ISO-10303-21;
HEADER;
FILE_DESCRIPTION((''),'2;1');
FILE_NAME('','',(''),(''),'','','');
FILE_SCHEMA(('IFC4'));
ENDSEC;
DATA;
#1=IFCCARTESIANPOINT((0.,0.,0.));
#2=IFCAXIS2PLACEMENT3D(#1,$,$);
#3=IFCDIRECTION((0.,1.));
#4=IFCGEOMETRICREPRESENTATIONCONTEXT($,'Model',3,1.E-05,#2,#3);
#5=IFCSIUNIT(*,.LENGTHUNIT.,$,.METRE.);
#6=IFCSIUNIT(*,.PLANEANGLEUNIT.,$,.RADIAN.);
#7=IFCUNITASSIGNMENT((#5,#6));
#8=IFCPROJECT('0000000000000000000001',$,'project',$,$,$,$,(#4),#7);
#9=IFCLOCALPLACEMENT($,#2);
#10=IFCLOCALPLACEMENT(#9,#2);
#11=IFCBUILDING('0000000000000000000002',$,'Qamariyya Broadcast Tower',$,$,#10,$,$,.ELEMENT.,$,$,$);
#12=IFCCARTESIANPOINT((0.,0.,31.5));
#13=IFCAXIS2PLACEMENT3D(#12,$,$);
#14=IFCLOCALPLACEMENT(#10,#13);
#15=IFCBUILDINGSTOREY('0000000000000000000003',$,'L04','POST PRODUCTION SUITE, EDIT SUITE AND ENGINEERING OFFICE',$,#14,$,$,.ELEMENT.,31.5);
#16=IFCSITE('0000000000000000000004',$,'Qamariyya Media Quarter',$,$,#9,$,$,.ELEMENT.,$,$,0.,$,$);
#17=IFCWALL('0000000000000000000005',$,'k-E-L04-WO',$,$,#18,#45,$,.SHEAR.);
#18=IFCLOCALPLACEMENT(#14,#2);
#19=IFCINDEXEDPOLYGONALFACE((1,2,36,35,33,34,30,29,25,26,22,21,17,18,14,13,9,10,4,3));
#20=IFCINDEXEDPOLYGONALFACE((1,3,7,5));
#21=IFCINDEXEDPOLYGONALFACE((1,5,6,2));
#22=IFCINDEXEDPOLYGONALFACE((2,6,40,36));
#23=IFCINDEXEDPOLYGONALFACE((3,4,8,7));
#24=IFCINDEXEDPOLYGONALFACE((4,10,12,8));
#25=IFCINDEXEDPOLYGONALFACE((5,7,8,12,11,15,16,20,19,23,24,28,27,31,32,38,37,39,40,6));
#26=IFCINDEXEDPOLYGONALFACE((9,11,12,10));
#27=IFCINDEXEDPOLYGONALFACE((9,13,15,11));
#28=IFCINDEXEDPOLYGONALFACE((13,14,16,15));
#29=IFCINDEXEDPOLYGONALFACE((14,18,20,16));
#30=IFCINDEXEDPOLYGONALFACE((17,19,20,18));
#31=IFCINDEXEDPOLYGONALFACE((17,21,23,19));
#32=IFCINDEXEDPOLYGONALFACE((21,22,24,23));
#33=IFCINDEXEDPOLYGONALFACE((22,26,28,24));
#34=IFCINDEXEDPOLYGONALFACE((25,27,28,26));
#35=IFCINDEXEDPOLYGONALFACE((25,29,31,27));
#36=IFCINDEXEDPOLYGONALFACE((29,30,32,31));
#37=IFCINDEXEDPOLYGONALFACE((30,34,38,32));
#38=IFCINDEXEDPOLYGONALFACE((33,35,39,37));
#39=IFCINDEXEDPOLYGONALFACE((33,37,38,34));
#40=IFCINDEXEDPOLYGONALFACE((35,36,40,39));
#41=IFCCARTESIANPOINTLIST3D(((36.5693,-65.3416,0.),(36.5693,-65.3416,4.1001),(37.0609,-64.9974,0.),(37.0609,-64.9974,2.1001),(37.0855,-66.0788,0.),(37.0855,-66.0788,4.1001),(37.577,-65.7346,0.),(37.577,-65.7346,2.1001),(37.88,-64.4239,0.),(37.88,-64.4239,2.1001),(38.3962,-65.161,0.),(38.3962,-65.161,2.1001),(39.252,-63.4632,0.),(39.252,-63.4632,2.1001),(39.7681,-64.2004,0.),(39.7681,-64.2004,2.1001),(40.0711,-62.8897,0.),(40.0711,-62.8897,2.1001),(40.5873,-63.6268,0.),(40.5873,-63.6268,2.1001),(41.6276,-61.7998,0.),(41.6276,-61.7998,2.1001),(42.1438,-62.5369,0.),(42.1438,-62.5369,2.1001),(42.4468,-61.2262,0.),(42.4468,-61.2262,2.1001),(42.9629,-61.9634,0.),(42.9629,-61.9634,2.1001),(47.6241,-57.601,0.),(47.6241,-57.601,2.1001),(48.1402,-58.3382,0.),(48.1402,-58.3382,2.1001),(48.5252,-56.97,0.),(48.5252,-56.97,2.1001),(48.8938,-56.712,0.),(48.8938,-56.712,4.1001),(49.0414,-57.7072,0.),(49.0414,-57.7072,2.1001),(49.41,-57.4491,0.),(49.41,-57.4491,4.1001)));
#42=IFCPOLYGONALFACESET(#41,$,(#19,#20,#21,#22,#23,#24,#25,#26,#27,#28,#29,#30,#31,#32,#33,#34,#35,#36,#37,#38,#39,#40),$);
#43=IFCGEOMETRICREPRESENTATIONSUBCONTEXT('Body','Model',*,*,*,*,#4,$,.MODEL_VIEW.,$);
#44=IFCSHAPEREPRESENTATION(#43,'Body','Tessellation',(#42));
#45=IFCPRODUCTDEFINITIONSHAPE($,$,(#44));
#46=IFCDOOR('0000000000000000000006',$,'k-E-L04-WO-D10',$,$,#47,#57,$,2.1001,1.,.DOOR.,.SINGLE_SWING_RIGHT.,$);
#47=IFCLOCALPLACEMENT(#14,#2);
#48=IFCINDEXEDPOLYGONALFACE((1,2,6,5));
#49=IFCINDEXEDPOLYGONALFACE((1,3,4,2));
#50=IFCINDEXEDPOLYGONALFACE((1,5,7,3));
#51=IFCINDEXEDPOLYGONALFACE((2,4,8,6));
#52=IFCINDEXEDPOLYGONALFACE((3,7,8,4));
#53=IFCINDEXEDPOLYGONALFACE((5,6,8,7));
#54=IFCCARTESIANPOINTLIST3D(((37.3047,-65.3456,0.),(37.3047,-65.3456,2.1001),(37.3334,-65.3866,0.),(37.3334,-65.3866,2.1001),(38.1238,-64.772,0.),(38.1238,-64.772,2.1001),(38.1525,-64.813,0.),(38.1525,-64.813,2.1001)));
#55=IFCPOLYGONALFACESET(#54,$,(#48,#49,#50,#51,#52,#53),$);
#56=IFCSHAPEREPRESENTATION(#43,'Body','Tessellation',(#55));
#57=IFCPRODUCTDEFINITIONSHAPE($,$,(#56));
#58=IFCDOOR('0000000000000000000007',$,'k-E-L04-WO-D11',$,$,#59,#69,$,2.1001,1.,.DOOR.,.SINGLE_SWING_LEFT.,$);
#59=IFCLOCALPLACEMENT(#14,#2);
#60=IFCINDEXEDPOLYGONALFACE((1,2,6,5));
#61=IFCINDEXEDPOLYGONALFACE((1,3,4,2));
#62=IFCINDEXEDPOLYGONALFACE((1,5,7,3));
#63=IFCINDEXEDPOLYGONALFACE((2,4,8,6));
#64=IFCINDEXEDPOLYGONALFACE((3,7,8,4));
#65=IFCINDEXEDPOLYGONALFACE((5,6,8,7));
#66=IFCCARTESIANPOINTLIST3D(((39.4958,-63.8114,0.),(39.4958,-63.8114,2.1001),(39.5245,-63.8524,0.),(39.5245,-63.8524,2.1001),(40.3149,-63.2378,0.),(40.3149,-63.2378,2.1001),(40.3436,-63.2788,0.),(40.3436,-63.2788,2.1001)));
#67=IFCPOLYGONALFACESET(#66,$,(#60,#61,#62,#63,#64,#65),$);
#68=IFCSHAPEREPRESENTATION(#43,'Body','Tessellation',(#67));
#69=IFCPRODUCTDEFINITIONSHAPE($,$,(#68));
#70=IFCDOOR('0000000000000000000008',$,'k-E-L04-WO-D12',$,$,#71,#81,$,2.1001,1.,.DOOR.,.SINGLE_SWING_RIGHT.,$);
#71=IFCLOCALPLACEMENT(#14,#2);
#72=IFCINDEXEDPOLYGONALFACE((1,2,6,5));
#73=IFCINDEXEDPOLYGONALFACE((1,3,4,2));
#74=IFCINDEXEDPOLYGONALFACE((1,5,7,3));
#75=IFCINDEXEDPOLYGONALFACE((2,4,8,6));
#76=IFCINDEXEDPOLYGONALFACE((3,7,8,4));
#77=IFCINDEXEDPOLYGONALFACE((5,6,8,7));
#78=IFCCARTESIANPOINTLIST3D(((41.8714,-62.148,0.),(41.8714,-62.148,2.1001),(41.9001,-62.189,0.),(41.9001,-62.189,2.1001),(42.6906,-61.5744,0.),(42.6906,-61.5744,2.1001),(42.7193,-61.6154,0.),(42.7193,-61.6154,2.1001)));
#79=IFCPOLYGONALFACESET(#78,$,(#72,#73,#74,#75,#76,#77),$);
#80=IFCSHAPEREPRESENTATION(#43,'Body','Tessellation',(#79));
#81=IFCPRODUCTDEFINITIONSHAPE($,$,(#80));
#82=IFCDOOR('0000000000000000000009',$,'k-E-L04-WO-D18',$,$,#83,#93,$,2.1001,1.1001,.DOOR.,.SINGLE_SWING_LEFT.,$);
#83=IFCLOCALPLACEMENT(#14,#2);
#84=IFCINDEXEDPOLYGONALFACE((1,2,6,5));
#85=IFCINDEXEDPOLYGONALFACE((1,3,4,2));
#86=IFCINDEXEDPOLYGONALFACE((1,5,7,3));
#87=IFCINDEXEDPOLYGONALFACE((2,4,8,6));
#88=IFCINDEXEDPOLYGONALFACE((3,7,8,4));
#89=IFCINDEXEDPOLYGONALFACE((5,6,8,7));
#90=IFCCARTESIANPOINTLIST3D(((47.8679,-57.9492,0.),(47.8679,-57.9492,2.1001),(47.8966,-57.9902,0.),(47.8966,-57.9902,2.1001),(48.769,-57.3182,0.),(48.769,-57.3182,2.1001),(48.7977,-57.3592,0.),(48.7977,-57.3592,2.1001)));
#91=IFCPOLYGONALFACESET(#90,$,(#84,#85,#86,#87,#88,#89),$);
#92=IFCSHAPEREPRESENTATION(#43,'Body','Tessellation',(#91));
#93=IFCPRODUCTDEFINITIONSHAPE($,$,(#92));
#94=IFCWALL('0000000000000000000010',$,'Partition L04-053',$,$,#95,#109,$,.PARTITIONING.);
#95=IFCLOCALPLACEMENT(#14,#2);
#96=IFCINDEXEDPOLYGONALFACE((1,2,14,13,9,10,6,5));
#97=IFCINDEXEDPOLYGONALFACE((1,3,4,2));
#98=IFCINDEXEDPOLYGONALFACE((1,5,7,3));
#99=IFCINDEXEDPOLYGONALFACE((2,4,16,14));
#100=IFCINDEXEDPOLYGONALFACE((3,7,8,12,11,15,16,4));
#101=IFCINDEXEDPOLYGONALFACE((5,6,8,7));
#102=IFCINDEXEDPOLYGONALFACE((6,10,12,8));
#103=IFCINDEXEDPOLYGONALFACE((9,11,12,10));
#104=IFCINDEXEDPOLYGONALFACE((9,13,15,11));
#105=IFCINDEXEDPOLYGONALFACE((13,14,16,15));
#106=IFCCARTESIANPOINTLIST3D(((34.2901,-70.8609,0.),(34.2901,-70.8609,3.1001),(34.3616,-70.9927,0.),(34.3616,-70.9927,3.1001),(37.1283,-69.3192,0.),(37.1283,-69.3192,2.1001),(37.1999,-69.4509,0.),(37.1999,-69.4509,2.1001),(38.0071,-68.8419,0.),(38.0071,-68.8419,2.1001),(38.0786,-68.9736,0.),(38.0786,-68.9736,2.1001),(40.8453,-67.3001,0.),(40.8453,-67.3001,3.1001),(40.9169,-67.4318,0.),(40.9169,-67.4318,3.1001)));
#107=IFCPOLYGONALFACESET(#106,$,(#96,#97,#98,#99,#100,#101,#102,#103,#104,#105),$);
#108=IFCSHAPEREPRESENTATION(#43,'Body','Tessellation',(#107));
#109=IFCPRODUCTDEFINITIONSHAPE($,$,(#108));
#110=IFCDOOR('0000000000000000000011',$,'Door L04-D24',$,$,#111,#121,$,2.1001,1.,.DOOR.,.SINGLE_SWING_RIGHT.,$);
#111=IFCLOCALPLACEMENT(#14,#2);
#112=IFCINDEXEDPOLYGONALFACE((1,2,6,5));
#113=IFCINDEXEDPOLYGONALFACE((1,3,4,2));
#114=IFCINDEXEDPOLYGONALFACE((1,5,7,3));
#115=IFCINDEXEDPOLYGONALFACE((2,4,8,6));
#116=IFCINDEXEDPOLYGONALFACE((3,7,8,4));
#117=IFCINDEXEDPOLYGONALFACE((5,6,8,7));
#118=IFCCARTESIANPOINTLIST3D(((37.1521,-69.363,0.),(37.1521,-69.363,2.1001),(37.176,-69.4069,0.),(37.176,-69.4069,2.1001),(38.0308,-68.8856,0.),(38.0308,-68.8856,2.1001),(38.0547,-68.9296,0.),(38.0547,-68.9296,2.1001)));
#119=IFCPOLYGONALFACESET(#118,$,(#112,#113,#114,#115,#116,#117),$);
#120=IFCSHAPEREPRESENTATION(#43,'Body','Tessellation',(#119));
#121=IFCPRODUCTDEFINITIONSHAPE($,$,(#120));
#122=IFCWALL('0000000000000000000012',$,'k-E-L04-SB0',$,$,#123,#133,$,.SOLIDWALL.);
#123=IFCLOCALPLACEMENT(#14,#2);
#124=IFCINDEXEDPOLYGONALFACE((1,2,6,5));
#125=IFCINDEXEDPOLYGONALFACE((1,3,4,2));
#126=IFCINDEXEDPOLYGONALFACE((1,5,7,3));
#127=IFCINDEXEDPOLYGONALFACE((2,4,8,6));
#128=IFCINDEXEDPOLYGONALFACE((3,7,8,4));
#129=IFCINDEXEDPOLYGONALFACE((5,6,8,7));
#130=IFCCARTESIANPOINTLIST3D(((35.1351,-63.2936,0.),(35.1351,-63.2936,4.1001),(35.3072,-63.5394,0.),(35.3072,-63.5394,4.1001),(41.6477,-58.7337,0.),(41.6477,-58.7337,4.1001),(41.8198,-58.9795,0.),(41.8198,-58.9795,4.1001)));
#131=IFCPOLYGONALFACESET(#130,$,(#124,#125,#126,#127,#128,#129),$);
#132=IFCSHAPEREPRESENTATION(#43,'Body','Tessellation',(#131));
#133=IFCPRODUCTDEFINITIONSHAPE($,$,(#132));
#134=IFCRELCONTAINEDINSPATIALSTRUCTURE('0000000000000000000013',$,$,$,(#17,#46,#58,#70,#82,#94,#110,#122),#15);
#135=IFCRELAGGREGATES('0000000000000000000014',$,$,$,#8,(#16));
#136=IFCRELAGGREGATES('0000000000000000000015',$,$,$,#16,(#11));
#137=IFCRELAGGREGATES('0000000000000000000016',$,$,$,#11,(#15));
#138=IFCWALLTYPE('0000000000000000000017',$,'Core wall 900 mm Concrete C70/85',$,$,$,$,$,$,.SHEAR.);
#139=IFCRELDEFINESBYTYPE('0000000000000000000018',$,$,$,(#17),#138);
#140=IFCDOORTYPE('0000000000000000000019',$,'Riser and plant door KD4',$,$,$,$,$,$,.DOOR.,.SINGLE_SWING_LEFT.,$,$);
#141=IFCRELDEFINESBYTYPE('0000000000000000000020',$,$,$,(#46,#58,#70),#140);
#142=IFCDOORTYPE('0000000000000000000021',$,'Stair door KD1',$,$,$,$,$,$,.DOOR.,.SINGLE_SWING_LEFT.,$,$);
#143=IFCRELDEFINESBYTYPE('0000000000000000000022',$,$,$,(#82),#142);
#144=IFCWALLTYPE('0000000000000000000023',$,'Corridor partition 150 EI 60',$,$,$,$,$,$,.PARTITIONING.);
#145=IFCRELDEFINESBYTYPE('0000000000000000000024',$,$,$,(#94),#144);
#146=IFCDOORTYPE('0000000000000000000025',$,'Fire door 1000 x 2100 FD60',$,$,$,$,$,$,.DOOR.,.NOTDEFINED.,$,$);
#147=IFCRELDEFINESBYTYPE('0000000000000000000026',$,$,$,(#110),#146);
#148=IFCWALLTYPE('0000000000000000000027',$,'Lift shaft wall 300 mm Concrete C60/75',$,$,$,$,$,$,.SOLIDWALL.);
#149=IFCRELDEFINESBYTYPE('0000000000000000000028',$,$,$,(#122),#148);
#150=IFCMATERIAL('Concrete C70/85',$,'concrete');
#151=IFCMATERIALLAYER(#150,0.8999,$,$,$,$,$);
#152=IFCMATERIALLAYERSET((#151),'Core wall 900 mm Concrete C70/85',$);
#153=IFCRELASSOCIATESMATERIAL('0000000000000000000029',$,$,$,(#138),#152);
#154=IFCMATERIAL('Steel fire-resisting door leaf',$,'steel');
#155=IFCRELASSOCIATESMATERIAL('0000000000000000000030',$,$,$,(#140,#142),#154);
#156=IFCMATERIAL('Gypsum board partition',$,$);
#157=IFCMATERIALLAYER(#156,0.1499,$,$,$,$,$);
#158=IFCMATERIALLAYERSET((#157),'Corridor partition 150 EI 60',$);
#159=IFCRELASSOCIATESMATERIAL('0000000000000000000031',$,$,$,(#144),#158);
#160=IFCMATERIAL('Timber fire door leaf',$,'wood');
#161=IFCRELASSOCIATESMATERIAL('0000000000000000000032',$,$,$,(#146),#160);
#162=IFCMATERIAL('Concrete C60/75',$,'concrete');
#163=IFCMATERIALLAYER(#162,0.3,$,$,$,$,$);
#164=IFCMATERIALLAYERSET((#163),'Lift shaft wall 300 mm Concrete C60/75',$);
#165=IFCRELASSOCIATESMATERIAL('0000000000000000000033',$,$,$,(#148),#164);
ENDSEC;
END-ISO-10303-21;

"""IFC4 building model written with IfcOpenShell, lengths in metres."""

from ifc_helpers import new_model, si_unit, direction, frame, frame_2d, origin, place, context, subcontext, project, spatial, rectangle, extrude, material, layer, layer_set, type_object, element, fill, save


model = new_model("IFC4")

# Units and contexts
model_context = context("Model", 3, precision=1e-05, world=origin(), true_north=direction((0.0, 1.0)))
body_context = subcontext(model_context, "Body", "Model", "MODEL_VIEW")
ifc_project = project(units=[si_unit("LENGTHUNIT", "METRE"), si_unit("PLANEANGLEUNIT", "RADIAN")], contexts=[model_context])

# Site, building, storey
site_placement = place(None, origin())
site = spatial("IfcSite", under=ifc_project, at=site_placement, Name="Qamariyya Media Quarter", CompositionType="ELEMENT", RefElevation=0.0)
building_placement = place(site_placement, origin())
building = spatial("IfcBuilding", under=site, at=building_placement, Name="Qamariyya Broadcast Tower", CompositionType="ELEMENT")
storey_placement = place(building_placement, frame((0.0, 0.0, 31.5)))
storey = spatial("IfcBuildingStorey", under=building, at=storey_placement, Name="L04", Description="POST PRODUCTION SUITE, EDIT SUITE AND ENGINEERING OFFICE", CompositionType="ELEMENT", Elevation=31.5)

# Shared definitions
ifc_material_1 = material(Name="Concrete C70/85", Category="concrete")

# Shared definitions
ifc_layer_1 = layer(ifc_material_1, 0.8999)
ifc_layer_set_1 = layer_set([ifc_layer_1], Name="Core wall 900 mm Concrete C70/85")
wall_type_1 = type_object("IfcWallType", Name="Core wall 900 mm Concrete C70/85", PredefinedType="SHEAR", material=ifc_layer_set_1)
ifc_material_2 = material(Name="Steel fire-resisting door leaf", Category="steel")

# Wall, openings, doors
wall_1_placement = place(storey_placement, frame((36.8274, -65.7102, 0.0), z_axis=(0.0, 0.0, 1.0), x_axis=(0.819153, 0.573575, 0.0)))
wall_1 = element("IfcWall", 1, at=wall_1_placement, inside=storey, type_object=wall_type_1, Name="k-E-L04-WO", PredefinedType="SHEAR", context=body_context, shape_type="SweptSolid", body=[
    extrude(rectangle(XDim=15.0454, YDim=0.8999, at=frame_2d((7.5227, 0.0))), origin(), (0.0, 0.0, 1.0), 4.1001),
])
opening_1_placement = place(wall_1_placement, frame((0.6001, 0.0, 0.0)))
opening_1 = element("IfcOpeningElement", 2, at=opening_1_placement, cuts=wall_1, PredefinedType="OPENING", context=body_context, shape_type="SweptSolid", body=[
    extrude(rectangle(XDim=1.0, YDim=2.1001, at=frame_2d((0.5, 1.05))), frame((0.0, 0.46, 0.0), z_axis=(0.0, -1.0, 0.0), x_axis=(1.0, 0.0, 0.0)), (0.0, 0.0, 1.0), 0.9199),
])
opening_2_placement = place(wall_1_placement, frame((3.2749, 0.0, 0.0)))
opening_2 = element("IfcOpeningElement", 3, at=opening_2_placement, cuts=wall_1, PredefinedType="OPENING", context=body_context, shape_type="SweptSolid", body=[
    extrude(rectangle(XDim=1.0, YDim=2.1001, at=frame_2d((0.5, 1.05))), frame((0.0, 0.46, 0.0), z_axis=(0.0, -1.0, 0.0), x_axis=(1.0, 0.0, 0.0)), (0.0, 0.0, 1.0), 0.9199),
])
opening_3_placement = place(wall_1_placement, frame((6.175, 0.0, 0.0)))
opening_3 = element("IfcOpeningElement", 4, at=opening_3_placement, cuts=wall_1, PredefinedType="OPENING", context=body_context, shape_type="SweptSolid", body=[
    extrude(rectangle(XDim=1.0, YDim=2.1001, at=frame_2d((0.5, 1.05))), frame((0.0, 0.46, 0.0), z_axis=(0.0, -1.0, 0.0), x_axis=(1.0, 0.0, 0.0)), (0.0, 0.0, 1.0), 0.9199),
])
opening_4_placement = place(wall_1_placement, frame((13.4954, 0.0, 0.0)))
opening_4 = element("IfcOpeningElement", 5, at=opening_4_placement, cuts=wall_1, PredefinedType="OPENING", context=body_context, shape_type="SweptSolid", body=[
    extrude(rectangle(XDim=1.1001, YDim=2.1001, at=frame_2d((0.55, 1.05))), frame((0.0, 0.46, 0.0), z_axis=(0.0, -1.0, 0.0), x_axis=(1.0, 0.0, 0.0)), (0.0, 0.0, 1.0), 0.9199),
])
door_type_1 = type_object("IfcDoorType", Name="Riser and plant door KD4", OperationType="SINGLE_SWING_LEFT", PredefinedType="DOOR", material=ifc_material_2)
door_1_placement = place(opening_1_placement, origin())
door_1 = element("IfcDoor", 6, at=door_1_placement, inside=storey, type_object=door_type_1, Name="k-E-L04-WO-D10", OperationType="SINGLE_SWING_RIGHT", OverallHeight=2.1001, OverallWidth=1.0, PredefinedType="DOOR", context=body_context, shape_type="SweptSolid", body=[
    extrude(rectangle(XDim=1.0, YDim=2.1001, at=frame_2d((0.5, 1.05))), frame((0.0, 0.0249, 0.0), z_axis=(0.0, -1.0, 0.0), x_axis=(1.0, 0.0, 0.0)), (0.0, 0.0, 1.0), 0.05),
])
fill(opening_1, door_1)
door_2_placement = place(opening_2_placement, origin())
door_2 = element("IfcDoor", 7, at=door_2_placement, inside=storey, type_object=door_type_1, Name="k-E-L04-WO-D11", OperationType="SINGLE_SWING_LEFT", OverallHeight=2.1001, OverallWidth=1.0, PredefinedType="DOOR", context=body_context, shape_type="SweptSolid", body=[
    extrude(rectangle(XDim=1.0, YDim=2.1001, at=frame_2d((0.5, 1.05))), frame((0.0, 0.0249, 0.0), z_axis=(0.0, -1.0, 0.0), x_axis=(1.0, 0.0, 0.0)), (0.0, 0.0, 1.0), 0.05),
])
fill(opening_2, door_2)
door_3_placement = place(opening_3_placement, origin())
door_3 = element("IfcDoor", 8, at=door_3_placement, inside=storey, type_object=door_type_1, Name="k-E-L04-WO-D12", OperationType="SINGLE_SWING_RIGHT", OverallHeight=2.1001, OverallWidth=1.0, PredefinedType="DOOR", context=body_context, shape_type="SweptSolid", body=[
    extrude(rectangle(XDim=1.0, YDim=2.1001, at=frame_2d((0.5, 1.05))), frame((0.0, 0.0249, 0.0), z_axis=(0.0, -1.0, 0.0), x_axis=(1.0, 0.0, 0.0)), (0.0, 0.0, 1.0), 0.05),
])
fill(opening_3, door_3)
door_type_2 = type_object("IfcDoorType", Name="Stair door KD1", OperationType="SINGLE_SWING_LEFT", PredefinedType="DOOR", material=ifc_material_2)
door_4_placement = place(opening_4_placement, origin())
door_4 = element("IfcDoor", 9, at=door_4_placement, inside=storey, type_object=door_type_2, Name="k-E-L04-WO-D18", OperationType="SINGLE_SWING_LEFT", OverallHeight=2.1001, OverallWidth=1.1001, PredefinedType="DOOR", context=body_context, shape_type="SweptSolid", body=[
    extrude(rectangle(XDim=1.1001, YDim=2.1001, at=frame_2d((0.55, 1.05))), frame((0.0, 0.0249, 0.0), z_axis=(0.0, -1.0, 0.0), x_axis=(1.0, 0.0, 0.0)), (0.0, 0.0, 1.0), 0.05),
])
fill(opening_4, door_4)

# Wall, opening, door
ifc_material_3 = material(Name="Gypsum board partition")
ifc_layer_2 = layer(ifc_material_3, 0.1499)
ifc_layer_set_2 = layer_set([ifc_layer_2], Name="Corridor partition 150 EI 60")
wall_type_2 = type_object("IfcWallType", Name="Corridor partition 150 EI 60", PredefinedType="PARTITIONING", material=ifc_layer_set_2)
wall_2_placement = place(storey_placement, frame((40.8811, -67.366, 0.0), z_axis=(0.0, 0.0, 1.0), x_axis=(-0.878726, -0.477327, 0.0)))
wall_2 = element("IfcWall", 10, at=wall_2_placement, inside=storey, type_object=wall_type_2, Name="Partition L04-053", PredefinedType="PARTITIONING", context=body_context, shape_type="SweptSolid", body=[
    extrude(rectangle(XDim=7.46, YDim=0.1499, at=frame_2d((3.73, 0.0))), origin(), (0.0, 0.0, 1.0), 3.1001),
])
opening_5_placement = place(wall_2_placement, frame((3.23, 0.0, 0.0)))
opening_5 = element("IfcOpeningElement", 11, at=opening_5_placement, cuts=wall_2, PredefinedType="OPENING", context=body_context, shape_type="SweptSolid", body=[
    extrude(rectangle(XDim=1.0, YDim=2.1001, at=frame_2d((0.5, 1.05))), frame((0.0, 0.085, 0.0), z_axis=(0.0, -1.0, 0.0), x_axis=(1.0, 0.0, 0.0)), (0.0, 0.0, 1.0), 0.1699),
])
ifc_material_4 = material(Name="Timber fire door leaf", Category="wood")
door_type_3 = type_object("IfcDoorType", Name="Fire door 1000 x 2100 FD60", OperationType="NOTDEFINED", PredefinedType="DOOR", material=ifc_material_4)
door_5_placement = place(opening_5_placement, origin())
door_5 = element("IfcDoor", 12, at=door_5_placement, inside=storey, type_object=door_type_3, Name="Door L04-D24", OperationType="SINGLE_SWING_RIGHT", OverallHeight=2.1001, OverallWidth=1.0, PredefinedType="DOOR", context=body_context, shape_type="SweptSolid", body=[
    extrude(rectangle(XDim=1.0, YDim=2.1001, at=frame_2d((0.5, 1.05))), frame((0.0, 0.0249, 0.0), z_axis=(0.0, -1.0, 0.0), x_axis=(1.0, 0.0, 0.0)), (0.0, 0.0, 1.0), 0.05),
])
fill(opening_5, door_5)

# Wall
ifc_material_5 = material(Name="Concrete C60/75", Category="concrete")
ifc_layer_3 = layer(ifc_material_5, 0.3)
ifc_layer_set_3 = layer_set([ifc_layer_3], Name="Lift shaft wall 300 mm Concrete C60/75")
wall_type_3 = type_object("IfcWallType", Name="Lift shaft wall 300 mm Concrete C60/75", PredefinedType="SOLIDWALL", material=ifc_layer_set_3)
wall_3_placement = place(storey_placement, frame((35.2212, -63.4165, 0.0), z_axis=(0.0, 0.0, 1.0), x_axis=(0.819167, 0.573555, 0.0)))
element("IfcWall", 13, at=wall_3_placement, inside=storey, type_object=wall_type_3, Name="k-E-L04-SB0", PredefinedType="SOLIDWALL", context=body_context, shape_type="SweptSolid", body=[
    extrude(rectangle(XDim=7.9502, YDim=0.3, at=frame_2d((3.9751, 0.0))), origin(), (0.0, 0.0, 1.0), 4.1001),
])

save(model, "model.ifc")
